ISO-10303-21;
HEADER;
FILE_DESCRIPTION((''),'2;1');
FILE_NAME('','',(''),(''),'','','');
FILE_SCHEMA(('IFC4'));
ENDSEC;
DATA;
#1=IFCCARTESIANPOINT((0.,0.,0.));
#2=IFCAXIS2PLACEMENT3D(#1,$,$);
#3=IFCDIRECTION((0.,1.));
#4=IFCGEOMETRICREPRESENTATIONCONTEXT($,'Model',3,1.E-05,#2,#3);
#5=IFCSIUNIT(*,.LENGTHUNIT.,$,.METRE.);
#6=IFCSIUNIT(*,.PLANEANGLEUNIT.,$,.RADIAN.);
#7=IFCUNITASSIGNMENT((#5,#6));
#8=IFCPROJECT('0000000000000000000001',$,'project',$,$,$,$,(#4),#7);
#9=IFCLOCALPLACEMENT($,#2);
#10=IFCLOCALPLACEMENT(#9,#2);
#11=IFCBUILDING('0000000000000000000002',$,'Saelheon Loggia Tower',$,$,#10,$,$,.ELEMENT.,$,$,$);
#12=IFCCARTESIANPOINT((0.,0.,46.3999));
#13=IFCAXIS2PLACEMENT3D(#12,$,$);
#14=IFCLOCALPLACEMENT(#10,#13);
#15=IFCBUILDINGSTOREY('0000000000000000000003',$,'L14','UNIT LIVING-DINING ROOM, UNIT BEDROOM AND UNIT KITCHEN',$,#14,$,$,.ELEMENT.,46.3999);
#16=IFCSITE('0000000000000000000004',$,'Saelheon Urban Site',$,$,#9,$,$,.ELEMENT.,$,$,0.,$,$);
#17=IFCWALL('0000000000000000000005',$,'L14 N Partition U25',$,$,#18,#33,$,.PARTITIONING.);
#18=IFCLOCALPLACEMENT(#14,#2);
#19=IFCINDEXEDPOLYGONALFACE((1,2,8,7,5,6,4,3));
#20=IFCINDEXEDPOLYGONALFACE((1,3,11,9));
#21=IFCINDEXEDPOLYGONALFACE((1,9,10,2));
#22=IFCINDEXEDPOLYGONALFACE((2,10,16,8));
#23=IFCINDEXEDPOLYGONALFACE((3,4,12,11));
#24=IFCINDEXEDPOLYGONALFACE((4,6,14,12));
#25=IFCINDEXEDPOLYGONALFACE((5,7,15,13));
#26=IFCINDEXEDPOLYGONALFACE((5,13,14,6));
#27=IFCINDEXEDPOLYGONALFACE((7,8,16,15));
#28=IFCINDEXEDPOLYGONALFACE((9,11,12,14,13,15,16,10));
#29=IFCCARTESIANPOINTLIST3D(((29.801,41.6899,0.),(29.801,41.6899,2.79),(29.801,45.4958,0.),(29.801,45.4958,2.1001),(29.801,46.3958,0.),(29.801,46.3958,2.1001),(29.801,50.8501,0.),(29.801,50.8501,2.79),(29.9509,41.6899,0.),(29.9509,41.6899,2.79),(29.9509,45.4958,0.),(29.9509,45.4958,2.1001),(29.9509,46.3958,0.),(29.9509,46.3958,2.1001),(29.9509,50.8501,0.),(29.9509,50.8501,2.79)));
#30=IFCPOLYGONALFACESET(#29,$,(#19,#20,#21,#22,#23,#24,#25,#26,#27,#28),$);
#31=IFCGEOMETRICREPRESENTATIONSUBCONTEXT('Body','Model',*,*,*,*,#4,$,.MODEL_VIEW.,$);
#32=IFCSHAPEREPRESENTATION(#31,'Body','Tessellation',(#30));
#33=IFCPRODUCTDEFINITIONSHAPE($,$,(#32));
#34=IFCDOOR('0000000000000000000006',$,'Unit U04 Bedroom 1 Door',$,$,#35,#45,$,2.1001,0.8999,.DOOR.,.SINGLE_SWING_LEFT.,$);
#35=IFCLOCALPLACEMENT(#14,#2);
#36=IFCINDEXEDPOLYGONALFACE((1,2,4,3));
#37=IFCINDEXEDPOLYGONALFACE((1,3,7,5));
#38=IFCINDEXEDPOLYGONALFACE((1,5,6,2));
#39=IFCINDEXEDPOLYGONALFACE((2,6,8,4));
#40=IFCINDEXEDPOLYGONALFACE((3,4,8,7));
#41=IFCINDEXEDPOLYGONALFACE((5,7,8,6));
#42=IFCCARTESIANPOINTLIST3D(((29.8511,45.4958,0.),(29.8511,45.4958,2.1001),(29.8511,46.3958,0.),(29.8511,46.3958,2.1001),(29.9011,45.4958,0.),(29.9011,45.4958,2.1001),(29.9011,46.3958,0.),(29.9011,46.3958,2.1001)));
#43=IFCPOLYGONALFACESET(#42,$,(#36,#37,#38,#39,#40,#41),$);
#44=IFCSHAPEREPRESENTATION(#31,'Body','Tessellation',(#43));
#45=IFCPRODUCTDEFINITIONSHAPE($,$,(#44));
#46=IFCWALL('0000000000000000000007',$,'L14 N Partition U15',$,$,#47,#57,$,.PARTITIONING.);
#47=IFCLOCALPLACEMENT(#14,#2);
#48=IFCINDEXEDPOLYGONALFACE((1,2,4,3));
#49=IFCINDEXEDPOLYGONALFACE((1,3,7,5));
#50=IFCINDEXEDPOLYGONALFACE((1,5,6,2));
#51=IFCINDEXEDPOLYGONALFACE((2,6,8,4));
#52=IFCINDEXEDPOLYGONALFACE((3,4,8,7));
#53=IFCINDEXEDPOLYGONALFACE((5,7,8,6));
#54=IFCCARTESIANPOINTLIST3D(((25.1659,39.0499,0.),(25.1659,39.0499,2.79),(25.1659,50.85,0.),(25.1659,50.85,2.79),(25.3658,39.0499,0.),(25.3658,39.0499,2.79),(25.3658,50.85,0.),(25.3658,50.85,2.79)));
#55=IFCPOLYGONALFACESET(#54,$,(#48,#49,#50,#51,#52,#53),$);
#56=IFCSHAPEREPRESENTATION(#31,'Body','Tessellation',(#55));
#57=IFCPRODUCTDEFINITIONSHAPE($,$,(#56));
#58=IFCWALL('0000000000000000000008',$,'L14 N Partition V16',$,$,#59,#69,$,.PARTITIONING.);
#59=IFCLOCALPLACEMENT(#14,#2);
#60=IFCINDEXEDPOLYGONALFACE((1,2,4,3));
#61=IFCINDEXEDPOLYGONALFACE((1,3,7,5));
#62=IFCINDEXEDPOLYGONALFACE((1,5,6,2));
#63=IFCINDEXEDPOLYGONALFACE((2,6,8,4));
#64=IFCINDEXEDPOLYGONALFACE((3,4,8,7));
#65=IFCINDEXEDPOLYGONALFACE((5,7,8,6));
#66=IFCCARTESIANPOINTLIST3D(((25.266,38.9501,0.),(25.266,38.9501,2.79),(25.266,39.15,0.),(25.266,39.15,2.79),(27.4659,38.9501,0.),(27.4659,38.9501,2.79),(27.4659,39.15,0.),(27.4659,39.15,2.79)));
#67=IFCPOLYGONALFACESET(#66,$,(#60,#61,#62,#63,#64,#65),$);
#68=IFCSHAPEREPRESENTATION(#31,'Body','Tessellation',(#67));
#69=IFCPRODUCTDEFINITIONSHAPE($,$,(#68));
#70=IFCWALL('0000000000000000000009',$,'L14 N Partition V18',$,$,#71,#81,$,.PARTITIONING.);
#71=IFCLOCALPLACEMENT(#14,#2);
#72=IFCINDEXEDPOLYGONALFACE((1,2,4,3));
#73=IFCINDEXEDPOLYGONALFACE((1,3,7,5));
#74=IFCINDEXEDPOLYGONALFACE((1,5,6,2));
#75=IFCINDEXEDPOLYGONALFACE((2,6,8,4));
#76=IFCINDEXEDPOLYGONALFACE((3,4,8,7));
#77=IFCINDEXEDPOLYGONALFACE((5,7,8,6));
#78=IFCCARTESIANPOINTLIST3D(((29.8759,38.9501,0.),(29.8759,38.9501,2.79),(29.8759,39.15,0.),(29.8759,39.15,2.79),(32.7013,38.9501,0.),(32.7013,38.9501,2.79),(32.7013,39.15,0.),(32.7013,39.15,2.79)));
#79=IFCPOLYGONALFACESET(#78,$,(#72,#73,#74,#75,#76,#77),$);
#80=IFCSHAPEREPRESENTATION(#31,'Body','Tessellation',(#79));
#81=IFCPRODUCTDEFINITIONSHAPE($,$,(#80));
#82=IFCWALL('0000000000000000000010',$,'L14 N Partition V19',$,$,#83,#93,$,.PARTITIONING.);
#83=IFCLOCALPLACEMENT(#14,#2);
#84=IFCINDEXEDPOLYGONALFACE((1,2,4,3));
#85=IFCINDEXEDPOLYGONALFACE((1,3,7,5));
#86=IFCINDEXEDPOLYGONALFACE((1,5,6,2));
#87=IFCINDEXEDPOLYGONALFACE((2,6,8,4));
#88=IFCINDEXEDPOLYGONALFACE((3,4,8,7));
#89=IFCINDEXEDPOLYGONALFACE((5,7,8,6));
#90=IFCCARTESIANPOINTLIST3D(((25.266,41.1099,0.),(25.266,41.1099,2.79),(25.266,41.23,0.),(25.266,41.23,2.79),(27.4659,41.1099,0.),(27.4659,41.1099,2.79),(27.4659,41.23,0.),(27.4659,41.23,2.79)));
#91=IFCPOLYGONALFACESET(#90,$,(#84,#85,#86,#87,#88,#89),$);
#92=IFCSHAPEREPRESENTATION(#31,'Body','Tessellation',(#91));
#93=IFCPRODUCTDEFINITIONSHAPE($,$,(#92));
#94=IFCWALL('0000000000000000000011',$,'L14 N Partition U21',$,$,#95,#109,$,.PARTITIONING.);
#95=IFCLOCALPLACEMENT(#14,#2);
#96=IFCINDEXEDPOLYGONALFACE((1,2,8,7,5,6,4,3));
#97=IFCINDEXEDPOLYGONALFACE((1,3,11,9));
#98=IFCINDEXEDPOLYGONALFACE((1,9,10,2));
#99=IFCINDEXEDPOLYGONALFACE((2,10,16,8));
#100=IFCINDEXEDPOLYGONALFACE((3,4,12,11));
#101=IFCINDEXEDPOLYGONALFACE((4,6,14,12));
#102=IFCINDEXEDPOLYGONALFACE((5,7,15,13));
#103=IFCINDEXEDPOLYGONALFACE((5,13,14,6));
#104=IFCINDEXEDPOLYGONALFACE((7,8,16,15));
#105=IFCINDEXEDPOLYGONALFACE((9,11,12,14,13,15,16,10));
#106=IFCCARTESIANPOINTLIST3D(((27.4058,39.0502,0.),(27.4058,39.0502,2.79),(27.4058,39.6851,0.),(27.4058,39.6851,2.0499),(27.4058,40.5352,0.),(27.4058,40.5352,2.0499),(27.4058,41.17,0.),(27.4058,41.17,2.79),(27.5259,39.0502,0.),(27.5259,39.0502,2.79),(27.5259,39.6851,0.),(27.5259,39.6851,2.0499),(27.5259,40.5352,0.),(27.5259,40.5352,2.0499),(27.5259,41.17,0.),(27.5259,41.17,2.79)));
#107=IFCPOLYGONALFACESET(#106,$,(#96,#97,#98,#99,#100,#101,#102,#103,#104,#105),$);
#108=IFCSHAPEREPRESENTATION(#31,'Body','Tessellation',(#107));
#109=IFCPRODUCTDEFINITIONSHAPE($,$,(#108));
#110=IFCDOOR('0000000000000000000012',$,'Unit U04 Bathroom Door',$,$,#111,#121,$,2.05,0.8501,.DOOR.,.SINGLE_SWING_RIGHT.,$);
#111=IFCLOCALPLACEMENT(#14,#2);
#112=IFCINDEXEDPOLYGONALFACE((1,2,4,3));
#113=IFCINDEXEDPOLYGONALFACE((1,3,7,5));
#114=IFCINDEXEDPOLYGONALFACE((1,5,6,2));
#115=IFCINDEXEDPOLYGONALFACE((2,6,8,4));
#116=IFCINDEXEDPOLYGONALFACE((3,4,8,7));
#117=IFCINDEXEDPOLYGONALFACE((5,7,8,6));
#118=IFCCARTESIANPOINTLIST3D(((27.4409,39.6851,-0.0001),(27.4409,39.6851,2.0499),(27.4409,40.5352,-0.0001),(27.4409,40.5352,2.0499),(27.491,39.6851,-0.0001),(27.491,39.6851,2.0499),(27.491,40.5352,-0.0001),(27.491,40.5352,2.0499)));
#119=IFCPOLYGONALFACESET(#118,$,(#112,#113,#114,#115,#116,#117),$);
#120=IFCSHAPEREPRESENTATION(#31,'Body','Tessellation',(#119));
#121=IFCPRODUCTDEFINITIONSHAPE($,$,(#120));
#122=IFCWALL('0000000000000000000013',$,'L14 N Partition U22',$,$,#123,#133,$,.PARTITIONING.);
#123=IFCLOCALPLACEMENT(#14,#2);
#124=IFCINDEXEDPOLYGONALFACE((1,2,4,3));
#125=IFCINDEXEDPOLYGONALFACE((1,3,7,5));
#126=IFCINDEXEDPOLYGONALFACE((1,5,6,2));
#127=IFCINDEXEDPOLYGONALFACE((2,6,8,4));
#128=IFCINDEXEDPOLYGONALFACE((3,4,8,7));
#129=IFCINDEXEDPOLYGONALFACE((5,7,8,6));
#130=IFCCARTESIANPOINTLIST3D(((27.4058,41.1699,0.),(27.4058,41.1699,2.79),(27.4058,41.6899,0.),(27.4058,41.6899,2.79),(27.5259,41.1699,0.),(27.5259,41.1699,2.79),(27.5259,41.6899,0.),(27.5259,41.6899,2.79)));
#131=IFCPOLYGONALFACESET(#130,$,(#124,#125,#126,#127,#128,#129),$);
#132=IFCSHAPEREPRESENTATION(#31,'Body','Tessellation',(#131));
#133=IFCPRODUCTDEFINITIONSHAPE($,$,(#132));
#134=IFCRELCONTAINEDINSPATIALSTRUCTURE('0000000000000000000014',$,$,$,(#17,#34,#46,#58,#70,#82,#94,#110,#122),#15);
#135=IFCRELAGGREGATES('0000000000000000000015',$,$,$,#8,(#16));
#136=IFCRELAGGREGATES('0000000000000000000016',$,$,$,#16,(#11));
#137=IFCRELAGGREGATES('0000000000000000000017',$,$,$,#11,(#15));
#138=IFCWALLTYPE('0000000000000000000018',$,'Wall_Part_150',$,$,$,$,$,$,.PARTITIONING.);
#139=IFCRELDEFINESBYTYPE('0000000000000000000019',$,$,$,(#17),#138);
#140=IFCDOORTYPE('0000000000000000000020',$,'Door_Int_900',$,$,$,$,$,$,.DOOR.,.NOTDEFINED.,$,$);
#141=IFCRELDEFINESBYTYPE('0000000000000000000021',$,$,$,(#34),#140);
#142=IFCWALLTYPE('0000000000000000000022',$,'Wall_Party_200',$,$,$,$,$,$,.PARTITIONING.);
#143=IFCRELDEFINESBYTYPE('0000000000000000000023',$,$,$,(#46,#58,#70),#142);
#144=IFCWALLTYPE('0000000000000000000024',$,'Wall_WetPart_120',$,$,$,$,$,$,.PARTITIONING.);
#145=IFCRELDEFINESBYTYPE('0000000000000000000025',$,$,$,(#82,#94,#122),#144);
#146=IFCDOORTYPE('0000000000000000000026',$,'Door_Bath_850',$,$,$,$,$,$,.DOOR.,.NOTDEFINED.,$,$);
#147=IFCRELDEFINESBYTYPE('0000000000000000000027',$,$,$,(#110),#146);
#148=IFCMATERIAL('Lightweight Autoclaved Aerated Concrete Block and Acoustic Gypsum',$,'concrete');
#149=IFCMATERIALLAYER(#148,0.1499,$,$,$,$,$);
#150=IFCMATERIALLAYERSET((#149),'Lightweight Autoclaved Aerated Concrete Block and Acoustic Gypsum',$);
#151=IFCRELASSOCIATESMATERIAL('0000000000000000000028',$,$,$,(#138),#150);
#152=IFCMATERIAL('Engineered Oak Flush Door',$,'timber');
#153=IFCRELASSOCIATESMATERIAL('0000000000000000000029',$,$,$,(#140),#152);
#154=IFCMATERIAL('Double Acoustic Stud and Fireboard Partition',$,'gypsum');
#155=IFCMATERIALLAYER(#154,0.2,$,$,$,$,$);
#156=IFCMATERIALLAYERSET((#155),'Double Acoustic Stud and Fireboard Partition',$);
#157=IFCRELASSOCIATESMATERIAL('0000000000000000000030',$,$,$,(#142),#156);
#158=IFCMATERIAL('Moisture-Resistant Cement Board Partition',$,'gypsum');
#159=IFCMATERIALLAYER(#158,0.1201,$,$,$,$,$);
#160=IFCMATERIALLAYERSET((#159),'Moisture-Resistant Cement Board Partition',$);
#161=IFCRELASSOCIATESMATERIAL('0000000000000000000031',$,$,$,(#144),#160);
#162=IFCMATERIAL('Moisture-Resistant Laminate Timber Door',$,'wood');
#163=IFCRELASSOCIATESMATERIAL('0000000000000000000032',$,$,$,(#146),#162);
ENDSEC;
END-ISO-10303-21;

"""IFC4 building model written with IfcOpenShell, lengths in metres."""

from ifc_helpers import new_model, si_unit, direction, frame, frame_2d, origin, place, context, subcontext, project, spatial, rectangle, extrude, source, transform, mapped, material, layer, layer_set, type_object, element, fill, save


model = new_model("IFC4")

# Units and contexts
model_context = context("Model", 3, precision=1e-05, world=origin(), true_north=direction((0.0, 1.0)))
body_context = subcontext(model_context, "Body", "Model", "MODEL_VIEW")
ifc_project = project(units=[si_unit("LENGTHUNIT", "METRE"), si_unit("PLANEANGLEUNIT", "RADIAN")], contexts=[model_context])

# Site, building, storey
site_placement = place(None, origin())
site = spatial("IfcSite", under=ifc_project, at=site_placement, Name="Saelheon Urban Site", CompositionType="ELEMENT", RefElevation=0.0)
building_placement = place(site_placement, origin())
building = spatial("IfcBuilding", under=site, at=building_placement, Name="Saelheon Loggia Tower", CompositionType="ELEMENT")
storey_placement = place(building_placement, frame((0.0, 0.0, 46.3999)))
storey = spatial("IfcBuildingStorey", under=building, at=storey_placement, Name="L14", Description="UNIT LIVING-DINING ROOM, UNIT BEDROOM AND UNIT KITCHEN", CompositionType="ELEMENT", Elevation=46.3999)

# Shared definitions
ifc_material_1 = material(Name="Lightweight Autoclaved Aerated Concrete Block and Acoustic Gypsum", Category="concrete")
ifc_layer_1 = layer(ifc_material_1, 0.1499)
ifc_layer_set_1 = layer_set([ifc_layer_1], Name="Lightweight Autoclaved Aerated Concrete Block and Acoustic Gypsum")
wall_type_1 = type_object("IfcWallType", Name="Wall_Part_150", PredefinedType="PARTITIONING", material=ifc_layer_set_1)

# Wall, opening, door
ifc_material_2 = material(Name="Engineered Oak Flush Door", Category="timber")
door_type_1 = type_object("IfcDoorType", Name="Door_Int_900", OperationType="NOTDEFINED", PredefinedType="DOOR", material=ifc_material_2)
shared_shape_1 = source(origin(), body_context, "Body", "SweptSolid", [
    extrude(rectangle(XDim=0.8999, YDim=2.1001, at=frame_2d((0.45, 1.05))), frame((0.0, 0.0249, 0.0), z_axis=(0.0, -1.0, 0.0), x_axis=(1.0, 0.0, 0.0)), (0.0, 0.0, 1.0), 0.05),
])
wall_1_placement = place(storey_placement, frame((29.876, 41.6899, 0.0), z_axis=(0.0, 0.0, 1.0), x_axis=(0.0, 1.0, 0.0)))
wall_1 = element("IfcWall", 1, at=wall_1_placement, inside=storey, type_object=wall_type_1, Name="L14 N Partition U25", PredefinedType="PARTITIONING", context=body_context, shape_type="SweptSolid", body=[
    extrude(rectangle(XDim=9.1602, YDim=0.1499, at=frame_2d((4.5801, 0.0))), origin(), (0.0, 0.0, 1.0), 2.79),
])
opening_1_placement = place(wall_1_placement, frame((3.8059, 0.0, 0.0)))
opening_1 = element("IfcOpeningElement", 2, at=opening_1_placement, cuts=wall_1, PredefinedType="OPENING", context=body_context, shape_type="SweptSolid", body=[
    extrude(rectangle(XDim=0.8999, YDim=2.1001, at=frame_2d((0.45, 1.05))), frame((0.0, 0.0869, 0.0), z_axis=(0.0, -1.0, 0.0), x_axis=(1.0, 0.0, 0.0)), (0.0, 0.0, 1.0), 0.1738),
])
door_1_placement = place(opening_1_placement, origin())
door_1 = element("IfcDoor", 3, at=door_1_placement, inside=storey, type_object=door_type_1, Name="Unit U04 Bedroom 1 Door", OperationType="SINGLE_SWING_LEFT", OverallHeight=2.1001, OverallWidth=0.8999, PredefinedType="DOOR", context=body_context, shape_type="MappedRepresentation", body=[
    mapped(shared_shape_1, transform((0.0, 0.0, 0.0), scale=1.0)),
])
fill(opening_1, door_1)

# Walls
ifc_material_3 = material(Name="Double Acoustic Stud and Fireboard Partition", Category="gypsum")
ifc_layer_2 = layer(ifc_material_3, 0.2)
ifc_layer_set_2 = layer_set([ifc_layer_2], Name="Double Acoustic Stud and Fireboard Partition")
wall_type_2 = type_object("IfcWallType", Name="Wall_Party_200", PredefinedType="PARTITIONING", material=ifc_layer_set_2)
wall_2_placement = place(storey_placement, frame((25.2659, 39.05, 0.0), z_axis=(0.0, 0.0, 1.0), x_axis=(0.0, 1.0, 0.0)))
element("IfcWall", 4, at=wall_2_placement, inside=storey, type_object=wall_type_2, Name="L14 N Partition U15", PredefinedType="PARTITIONING", context=body_context, shape_type="SweptSolid", body=[
    extrude(rectangle(XDim=11.8, YDim=0.2, at=frame_2d((5.8999, 0.0))), origin(), (0.0, 0.0, 1.0), 2.79),
])
wall_3_placement = place(storey_placement, frame((25.2659, 39.05, 0.0), z_axis=(0.0, 0.0, 1.0), x_axis=(1.0, 0.0, 0.0)))
element("IfcWall", 5, at=wall_3_placement, inside=storey, type_object=wall_type_2, Name="L14 N Partition V16", PredefinedType="PARTITIONING", context=body_context, shape_type="SweptSolid", body=[
    extrude(rectangle(XDim=2.2, YDim=0.2, at=frame_2d((1.1001, 0.0))), origin(), (0.0, 0.0, 1.0), 2.79),
])

# Walls
wall_4_placement = place(storey_placement, frame((29.876, 39.05, 0.0), z_axis=(0.0, 0.0, 1.0), x_axis=(1.0, 0.0, 0.0)))
element("IfcWall", 6, at=wall_4_placement, inside=storey, type_object=wall_type_2, Name="L14 N Partition V18", PredefinedType="PARTITIONING", context=body_context, shape_type="SweptSolid", body=[
    extrude(rectangle(XDim=2.8254, YDim=0.2, at=frame_2d((1.4126, 0.0))), origin(), (0.0, 0.0, 1.0), 2.79),
])
ifc_material_4 = material(Name="Moisture-Resistant Cement Board Partition", Category="gypsum")
ifc_layer_3 = layer(ifc_material_4, 0.1201)
ifc_layer_set_3 = layer_set([ifc_layer_3], Name="Moisture-Resistant Cement Board Partition")
wall_type_3 = type_object("IfcWallType", Name="Wall_WetPart_120", PredefinedType="PARTITIONING", material=ifc_layer_set_3)
wall_5_placement = place(storey_placement, frame((25.2659, 41.1699, 0.0), z_axis=(0.0, 0.0, 1.0), x_axis=(1.0, 0.0, 0.0)))
element("IfcWall", 7, at=wall_5_placement, inside=storey, type_object=wall_type_3, Name="L14 N Partition V19", PredefinedType="PARTITIONING", context=body_context, shape_type="SweptSolid", body=[
    extrude(rectangle(XDim=2.2, YDim=0.1201, at=frame_2d((1.1001, 0.0))), origin(), (0.0, 0.0, 1.0), 2.79),
])

# Wall, opening, door
wall_6_placement = place(storey_placement, frame((27.4658, 39.05, 0.0), z_axis=(0.0, 0.0, 1.0), x_axis=(0.0, 1.0, 0.0)))
wall_6 = element("IfcWall", 8, at=wall_6_placement, inside=storey, type_object=wall_type_3, Name="L14 N Partition U21", PredefinedType="PARTITIONING", context=body_context, shape_type="SweptSolid", body=[
    extrude(rectangle(XDim=2.1199, YDim=0.1201, at=frame_2d((1.0601, 0.0))), origin(), (0.0, 0.0, 1.0), 2.79),
])
opening_2_placement = place(wall_6_placement, frame((0.635, 0.0, 0.0)))
opening_2 = element("IfcOpeningElement", 9, at=opening_2_placement, cuts=wall_6, PredefinedType="OPENING", context=body_context, shape_type="SweptSolid", body=[
    extrude(rectangle(XDim=0.8501, YDim=2.05, at=frame_2d((0.425, 1.0249))), frame((0.0, 0.072, 0.0), z_axis=(0.0, -1.0, 0.0), x_axis=(1.0, 0.0, 0.0)), (0.0, 0.0, 1.0), 0.144),
])
ifc_material_5 = material(Name="Moisture-Resistant Laminate Timber Door", Category="wood")
door_type_2 = type_object("IfcDoorType", Name="Door_Bath_850", OperationType="NOTDEFINED", PredefinedType="DOOR", material=ifc_material_5)
shared_shape_2 = source(origin(), body_context, "Body", "SweptSolid", [
    extrude(rectangle(XDim=0.8501, YDim=2.05, at=frame_2d((0.425, 1.0249))), frame((0.0, 0.0249, 0.0), z_axis=(0.0, -1.0, 0.0), x_axis=(1.0, 0.0, 0.0)), (0.0, 0.0, 1.0), 0.05),
])
door_2_placement = place(opening_2_placement, origin())
door_2 = element("IfcDoor", 10, at=door_2_placement, inside=storey, type_object=door_type_2, Name="Unit U04 Bathroom Door", OperationType="SINGLE_SWING_RIGHT", OverallHeight=2.05, OverallWidth=0.8501, PredefinedType="DOOR", context=body_context, shape_type="MappedRepresentation", body=[
    mapped(shared_shape_2, transform((0.0, 0.0, 0.0), scale=1.0)),
])
fill(opening_2, door_2)

# Wall
wall_7_placement = place(storey_placement, frame((27.4658, 41.1699, 0.0), z_axis=(0.0, 0.0, 1.0), x_axis=(0.0, 1.0, 0.0)))
element("IfcWall", 11, at=wall_7_placement, inside=storey, type_object=wall_type_3, Name="L14 N Partition U22", PredefinedType="PARTITIONING", context=body_context, shape_type="SweptSolid", body=[
    extrude(rectangle(XDim=0.52, YDim=0.1201, at=frame_2d((0.26, 0.0))), origin(), (0.0, 0.0, 1.0), 2.79),
])

save(model, "model.ifc")
